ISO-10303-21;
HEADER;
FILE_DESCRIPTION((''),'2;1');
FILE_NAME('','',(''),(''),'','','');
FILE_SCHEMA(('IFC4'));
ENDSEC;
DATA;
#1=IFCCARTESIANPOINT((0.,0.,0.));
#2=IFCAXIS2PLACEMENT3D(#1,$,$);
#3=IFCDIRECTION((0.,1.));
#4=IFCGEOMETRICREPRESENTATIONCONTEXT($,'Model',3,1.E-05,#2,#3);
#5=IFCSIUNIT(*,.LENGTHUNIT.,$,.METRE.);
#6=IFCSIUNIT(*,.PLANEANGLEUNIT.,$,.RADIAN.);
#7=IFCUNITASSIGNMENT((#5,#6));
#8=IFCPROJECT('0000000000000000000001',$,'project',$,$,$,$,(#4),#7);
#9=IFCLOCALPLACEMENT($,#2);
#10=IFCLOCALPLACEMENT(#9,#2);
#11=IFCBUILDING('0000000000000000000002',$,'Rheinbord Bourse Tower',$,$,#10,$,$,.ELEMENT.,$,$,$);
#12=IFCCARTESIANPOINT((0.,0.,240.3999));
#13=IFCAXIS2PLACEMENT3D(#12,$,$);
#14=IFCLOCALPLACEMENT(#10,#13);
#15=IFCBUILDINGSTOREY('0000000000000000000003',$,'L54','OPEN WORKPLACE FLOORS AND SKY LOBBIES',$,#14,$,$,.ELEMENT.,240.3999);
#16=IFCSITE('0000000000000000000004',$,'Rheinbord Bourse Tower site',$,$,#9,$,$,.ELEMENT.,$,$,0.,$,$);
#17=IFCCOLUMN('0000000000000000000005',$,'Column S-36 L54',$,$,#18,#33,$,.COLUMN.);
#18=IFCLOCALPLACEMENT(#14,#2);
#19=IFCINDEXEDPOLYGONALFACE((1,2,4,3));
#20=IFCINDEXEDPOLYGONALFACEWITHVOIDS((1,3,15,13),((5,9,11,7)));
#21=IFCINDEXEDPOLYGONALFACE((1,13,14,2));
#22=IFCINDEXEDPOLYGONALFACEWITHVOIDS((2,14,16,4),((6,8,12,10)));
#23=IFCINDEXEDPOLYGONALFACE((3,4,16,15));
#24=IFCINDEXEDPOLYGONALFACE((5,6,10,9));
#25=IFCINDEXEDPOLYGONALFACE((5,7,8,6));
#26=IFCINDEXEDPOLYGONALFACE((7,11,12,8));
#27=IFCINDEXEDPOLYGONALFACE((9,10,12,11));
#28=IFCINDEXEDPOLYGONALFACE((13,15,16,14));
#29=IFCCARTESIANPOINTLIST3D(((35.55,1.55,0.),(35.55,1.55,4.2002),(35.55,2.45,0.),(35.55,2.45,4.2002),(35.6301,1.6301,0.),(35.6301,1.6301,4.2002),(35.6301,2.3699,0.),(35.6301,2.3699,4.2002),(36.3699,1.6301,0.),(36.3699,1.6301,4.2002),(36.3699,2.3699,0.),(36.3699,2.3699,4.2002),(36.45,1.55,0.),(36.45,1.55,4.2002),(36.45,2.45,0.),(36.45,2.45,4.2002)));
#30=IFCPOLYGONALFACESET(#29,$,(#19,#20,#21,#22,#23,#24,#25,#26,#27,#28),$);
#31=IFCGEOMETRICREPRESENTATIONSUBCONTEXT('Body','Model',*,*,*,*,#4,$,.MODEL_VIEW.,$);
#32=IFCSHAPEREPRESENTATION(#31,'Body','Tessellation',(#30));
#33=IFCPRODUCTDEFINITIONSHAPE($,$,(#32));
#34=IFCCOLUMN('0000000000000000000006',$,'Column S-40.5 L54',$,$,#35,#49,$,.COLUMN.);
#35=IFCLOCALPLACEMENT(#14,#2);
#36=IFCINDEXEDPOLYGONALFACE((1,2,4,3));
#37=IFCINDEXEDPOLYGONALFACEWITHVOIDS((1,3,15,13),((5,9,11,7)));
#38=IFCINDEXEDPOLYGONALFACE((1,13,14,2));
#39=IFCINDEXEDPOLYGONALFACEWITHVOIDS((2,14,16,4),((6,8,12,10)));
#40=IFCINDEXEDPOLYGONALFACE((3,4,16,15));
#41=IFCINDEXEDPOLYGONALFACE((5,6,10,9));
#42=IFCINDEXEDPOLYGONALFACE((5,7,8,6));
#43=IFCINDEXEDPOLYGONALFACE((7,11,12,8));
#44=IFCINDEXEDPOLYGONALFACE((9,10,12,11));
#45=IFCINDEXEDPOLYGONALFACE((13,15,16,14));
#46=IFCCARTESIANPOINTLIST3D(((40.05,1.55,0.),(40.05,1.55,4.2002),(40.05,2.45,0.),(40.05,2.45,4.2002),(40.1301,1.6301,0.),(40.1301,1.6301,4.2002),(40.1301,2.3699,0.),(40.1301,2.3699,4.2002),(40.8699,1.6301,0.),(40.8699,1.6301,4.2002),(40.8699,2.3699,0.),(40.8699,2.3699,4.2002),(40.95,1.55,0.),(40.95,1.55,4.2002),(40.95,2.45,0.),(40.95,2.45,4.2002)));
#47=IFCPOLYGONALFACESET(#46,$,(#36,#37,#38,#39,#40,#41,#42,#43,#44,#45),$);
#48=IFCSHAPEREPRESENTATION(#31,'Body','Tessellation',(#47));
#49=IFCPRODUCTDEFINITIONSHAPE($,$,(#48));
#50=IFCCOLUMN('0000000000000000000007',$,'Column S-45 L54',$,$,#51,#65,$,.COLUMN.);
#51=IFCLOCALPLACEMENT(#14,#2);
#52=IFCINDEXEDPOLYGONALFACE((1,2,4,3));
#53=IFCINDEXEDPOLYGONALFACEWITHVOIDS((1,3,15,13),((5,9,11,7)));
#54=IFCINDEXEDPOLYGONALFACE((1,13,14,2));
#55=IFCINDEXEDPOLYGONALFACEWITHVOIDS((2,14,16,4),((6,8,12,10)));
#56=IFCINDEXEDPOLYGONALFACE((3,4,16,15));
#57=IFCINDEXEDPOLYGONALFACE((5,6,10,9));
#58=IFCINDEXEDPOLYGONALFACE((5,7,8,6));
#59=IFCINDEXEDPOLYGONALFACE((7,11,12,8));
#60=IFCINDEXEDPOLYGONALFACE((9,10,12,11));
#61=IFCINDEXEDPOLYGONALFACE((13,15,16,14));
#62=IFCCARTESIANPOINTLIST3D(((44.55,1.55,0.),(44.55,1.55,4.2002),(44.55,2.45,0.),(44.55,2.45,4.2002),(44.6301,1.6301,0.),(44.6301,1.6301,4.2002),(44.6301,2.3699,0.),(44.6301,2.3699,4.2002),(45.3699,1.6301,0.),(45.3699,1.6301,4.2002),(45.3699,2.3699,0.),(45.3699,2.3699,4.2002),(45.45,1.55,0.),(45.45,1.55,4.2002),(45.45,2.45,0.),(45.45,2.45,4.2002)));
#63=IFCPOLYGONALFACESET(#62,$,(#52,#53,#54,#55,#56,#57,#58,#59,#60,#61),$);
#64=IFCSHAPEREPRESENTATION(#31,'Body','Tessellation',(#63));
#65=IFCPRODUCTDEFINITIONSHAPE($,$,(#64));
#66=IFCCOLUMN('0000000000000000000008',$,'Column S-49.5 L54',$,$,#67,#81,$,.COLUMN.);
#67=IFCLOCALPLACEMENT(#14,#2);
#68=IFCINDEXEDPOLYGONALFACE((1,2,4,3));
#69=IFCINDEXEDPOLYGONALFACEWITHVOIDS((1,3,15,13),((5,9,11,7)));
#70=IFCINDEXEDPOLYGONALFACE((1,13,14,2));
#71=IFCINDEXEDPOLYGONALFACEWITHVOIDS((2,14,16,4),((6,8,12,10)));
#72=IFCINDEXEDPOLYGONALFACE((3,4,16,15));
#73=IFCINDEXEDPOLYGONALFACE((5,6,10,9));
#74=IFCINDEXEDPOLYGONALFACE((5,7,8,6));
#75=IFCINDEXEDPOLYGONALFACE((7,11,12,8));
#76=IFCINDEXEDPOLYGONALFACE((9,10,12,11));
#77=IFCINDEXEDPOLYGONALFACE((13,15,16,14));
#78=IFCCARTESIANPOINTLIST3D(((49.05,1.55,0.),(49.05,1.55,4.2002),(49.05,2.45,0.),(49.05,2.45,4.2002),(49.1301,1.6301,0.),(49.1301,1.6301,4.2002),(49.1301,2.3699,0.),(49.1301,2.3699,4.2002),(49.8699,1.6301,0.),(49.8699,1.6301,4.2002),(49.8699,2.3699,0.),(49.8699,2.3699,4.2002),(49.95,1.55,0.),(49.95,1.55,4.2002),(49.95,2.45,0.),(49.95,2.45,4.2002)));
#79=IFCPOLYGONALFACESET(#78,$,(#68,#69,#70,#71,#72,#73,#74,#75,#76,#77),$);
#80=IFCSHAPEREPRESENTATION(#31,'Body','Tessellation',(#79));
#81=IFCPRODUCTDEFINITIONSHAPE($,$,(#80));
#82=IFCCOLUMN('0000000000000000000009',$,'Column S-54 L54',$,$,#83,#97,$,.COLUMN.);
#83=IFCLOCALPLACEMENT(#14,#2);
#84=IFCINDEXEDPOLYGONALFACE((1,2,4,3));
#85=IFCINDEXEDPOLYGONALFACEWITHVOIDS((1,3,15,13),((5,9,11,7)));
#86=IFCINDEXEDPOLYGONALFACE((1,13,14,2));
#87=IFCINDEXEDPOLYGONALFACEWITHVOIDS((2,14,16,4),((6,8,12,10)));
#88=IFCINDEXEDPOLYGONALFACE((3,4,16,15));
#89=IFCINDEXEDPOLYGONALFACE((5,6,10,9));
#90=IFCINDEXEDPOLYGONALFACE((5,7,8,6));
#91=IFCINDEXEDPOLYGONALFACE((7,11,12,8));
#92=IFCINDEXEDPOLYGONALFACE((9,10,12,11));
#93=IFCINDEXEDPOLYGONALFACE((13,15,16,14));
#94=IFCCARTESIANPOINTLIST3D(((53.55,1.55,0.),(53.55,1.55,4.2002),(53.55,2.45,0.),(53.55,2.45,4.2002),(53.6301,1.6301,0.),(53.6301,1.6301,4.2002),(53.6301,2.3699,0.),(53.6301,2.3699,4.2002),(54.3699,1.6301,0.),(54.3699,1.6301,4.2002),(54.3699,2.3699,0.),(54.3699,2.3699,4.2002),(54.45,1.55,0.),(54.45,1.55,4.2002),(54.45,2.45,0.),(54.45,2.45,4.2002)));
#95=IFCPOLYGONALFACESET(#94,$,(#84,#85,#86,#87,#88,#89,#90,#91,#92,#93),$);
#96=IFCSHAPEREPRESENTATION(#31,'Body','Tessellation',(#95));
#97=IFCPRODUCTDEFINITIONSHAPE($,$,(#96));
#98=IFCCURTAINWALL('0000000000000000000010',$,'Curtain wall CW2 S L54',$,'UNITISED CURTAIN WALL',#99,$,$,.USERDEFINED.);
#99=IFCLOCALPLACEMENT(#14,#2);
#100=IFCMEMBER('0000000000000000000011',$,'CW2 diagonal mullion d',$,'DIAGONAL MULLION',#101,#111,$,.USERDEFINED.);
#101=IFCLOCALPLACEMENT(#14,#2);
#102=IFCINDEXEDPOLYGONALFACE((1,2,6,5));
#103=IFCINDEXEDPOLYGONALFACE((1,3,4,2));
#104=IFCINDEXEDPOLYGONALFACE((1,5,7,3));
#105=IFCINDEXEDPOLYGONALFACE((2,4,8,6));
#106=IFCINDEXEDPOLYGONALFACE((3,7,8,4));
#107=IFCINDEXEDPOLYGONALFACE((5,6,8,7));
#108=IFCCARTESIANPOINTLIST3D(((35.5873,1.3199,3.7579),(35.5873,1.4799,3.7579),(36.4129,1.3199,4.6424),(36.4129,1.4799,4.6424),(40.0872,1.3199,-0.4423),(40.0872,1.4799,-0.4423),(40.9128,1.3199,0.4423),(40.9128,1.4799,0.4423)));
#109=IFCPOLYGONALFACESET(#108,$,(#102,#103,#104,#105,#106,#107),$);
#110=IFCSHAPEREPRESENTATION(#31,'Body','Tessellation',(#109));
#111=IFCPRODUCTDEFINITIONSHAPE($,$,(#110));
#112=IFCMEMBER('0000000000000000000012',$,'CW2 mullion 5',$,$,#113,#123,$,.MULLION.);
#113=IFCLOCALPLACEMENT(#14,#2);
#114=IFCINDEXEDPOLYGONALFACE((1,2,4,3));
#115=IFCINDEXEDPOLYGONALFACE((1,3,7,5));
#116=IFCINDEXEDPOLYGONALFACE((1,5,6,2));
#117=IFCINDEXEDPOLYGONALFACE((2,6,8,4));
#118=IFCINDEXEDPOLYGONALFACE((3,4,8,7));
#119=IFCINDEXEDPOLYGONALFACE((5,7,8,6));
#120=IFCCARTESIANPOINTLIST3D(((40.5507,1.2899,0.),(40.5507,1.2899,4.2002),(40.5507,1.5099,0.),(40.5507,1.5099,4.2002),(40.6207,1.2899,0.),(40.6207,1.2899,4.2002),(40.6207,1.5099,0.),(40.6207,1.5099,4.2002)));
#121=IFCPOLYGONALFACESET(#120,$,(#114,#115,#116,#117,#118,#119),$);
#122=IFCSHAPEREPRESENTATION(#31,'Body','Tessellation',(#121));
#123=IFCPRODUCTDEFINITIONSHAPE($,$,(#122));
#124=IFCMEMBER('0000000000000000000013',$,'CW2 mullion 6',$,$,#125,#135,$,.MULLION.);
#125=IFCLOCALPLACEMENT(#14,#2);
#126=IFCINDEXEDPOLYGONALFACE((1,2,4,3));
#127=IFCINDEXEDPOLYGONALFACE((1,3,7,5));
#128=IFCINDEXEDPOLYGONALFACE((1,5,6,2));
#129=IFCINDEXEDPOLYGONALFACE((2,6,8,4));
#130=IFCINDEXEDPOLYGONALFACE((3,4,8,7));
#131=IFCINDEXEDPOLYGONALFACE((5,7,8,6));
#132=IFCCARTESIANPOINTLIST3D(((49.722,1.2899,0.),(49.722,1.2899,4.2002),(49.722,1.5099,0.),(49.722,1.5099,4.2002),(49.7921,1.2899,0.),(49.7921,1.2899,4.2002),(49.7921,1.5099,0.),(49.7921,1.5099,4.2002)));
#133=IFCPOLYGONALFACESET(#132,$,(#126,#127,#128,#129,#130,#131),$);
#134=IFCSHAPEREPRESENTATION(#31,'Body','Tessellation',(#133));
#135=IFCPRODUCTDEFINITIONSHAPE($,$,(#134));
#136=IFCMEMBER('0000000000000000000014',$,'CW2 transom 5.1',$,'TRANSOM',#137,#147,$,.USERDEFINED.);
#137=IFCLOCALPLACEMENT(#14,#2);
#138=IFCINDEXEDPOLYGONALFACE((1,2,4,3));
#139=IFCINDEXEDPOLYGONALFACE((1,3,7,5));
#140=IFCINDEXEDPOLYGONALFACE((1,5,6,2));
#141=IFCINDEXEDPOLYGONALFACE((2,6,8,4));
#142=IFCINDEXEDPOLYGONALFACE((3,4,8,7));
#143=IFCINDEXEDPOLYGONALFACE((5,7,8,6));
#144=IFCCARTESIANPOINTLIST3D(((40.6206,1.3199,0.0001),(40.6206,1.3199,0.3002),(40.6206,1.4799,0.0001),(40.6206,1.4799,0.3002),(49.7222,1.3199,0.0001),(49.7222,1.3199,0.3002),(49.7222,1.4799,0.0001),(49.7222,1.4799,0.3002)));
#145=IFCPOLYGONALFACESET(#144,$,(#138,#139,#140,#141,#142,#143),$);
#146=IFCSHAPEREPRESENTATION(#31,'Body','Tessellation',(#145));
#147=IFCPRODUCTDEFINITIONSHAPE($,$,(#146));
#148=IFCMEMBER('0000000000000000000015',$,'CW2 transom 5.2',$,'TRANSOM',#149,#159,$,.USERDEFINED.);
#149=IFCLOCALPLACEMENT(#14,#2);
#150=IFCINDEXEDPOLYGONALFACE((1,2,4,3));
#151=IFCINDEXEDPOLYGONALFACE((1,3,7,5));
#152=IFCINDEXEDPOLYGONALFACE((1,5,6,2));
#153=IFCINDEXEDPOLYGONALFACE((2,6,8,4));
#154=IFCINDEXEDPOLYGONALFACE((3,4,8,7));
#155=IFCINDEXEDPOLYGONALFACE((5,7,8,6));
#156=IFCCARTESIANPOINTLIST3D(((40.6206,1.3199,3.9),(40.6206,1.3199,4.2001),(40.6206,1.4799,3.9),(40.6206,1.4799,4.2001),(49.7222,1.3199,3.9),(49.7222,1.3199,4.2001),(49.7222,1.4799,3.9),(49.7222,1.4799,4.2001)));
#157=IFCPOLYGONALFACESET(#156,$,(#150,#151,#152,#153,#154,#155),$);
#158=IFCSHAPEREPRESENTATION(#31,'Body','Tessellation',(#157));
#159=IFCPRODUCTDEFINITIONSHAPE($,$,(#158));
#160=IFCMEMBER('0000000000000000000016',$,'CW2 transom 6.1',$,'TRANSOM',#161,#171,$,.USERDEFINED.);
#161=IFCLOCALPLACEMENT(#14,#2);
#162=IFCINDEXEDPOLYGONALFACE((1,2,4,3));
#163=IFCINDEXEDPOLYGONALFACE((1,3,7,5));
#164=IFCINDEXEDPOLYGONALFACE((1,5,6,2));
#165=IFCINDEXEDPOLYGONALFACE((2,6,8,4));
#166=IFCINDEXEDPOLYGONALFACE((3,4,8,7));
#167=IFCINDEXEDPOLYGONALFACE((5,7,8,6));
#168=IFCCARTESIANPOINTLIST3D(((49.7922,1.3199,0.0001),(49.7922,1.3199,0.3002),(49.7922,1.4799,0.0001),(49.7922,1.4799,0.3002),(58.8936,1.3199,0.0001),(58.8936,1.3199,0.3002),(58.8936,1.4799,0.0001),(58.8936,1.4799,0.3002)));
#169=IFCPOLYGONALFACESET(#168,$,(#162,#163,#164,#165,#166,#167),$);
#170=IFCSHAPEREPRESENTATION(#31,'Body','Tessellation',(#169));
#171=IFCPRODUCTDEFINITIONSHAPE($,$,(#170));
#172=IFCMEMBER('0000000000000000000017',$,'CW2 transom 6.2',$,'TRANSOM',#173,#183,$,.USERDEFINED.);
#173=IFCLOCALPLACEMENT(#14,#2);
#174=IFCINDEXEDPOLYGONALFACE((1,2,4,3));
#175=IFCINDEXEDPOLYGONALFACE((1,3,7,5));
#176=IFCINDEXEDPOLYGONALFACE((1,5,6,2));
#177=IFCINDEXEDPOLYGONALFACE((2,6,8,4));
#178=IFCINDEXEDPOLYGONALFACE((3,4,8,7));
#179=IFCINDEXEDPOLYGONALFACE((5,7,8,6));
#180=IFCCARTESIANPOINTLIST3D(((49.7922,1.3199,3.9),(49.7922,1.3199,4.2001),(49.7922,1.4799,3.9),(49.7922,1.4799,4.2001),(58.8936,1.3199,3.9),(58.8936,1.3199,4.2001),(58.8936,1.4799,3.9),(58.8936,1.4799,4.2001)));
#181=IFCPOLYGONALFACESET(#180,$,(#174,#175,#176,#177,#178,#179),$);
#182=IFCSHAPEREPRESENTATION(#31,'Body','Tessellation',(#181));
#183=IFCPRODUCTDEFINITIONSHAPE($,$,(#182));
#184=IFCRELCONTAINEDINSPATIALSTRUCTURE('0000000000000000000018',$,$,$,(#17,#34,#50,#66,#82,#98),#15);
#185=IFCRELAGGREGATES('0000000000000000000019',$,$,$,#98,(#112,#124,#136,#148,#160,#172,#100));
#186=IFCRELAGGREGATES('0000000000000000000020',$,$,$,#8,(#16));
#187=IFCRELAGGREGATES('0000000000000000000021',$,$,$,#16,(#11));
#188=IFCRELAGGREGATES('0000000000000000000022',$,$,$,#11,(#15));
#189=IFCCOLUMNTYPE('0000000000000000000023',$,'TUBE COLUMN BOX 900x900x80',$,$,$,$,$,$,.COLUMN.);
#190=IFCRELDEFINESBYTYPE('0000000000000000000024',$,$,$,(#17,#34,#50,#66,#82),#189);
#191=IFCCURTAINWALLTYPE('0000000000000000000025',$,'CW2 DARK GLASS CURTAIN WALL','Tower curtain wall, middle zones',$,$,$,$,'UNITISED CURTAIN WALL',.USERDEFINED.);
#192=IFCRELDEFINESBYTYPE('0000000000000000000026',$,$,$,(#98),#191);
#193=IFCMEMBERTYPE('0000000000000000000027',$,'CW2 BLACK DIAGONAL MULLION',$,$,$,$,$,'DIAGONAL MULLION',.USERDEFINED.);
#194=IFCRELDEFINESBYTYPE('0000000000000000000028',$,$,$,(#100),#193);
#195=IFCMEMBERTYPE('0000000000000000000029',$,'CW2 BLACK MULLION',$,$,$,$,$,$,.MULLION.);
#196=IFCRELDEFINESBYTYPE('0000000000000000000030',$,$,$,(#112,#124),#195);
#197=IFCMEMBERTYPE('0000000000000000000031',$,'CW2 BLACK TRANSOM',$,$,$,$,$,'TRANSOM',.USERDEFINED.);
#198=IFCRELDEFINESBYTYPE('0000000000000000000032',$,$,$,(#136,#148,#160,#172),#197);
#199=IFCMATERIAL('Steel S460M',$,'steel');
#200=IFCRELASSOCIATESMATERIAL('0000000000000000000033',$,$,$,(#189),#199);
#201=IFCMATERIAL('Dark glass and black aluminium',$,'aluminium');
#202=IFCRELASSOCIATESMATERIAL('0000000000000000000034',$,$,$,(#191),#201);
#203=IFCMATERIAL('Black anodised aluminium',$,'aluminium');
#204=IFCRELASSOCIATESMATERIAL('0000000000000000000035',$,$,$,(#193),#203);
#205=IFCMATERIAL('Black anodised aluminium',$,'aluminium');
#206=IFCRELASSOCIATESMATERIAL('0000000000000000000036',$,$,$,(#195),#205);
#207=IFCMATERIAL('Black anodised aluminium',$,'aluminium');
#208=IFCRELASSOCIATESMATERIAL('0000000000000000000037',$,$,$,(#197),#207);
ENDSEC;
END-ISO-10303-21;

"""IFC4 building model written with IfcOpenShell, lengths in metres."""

from ifc_helpers import new_model, si_unit, direction, frame, origin, origin_2d, place, context, subcontext, project, spatial, rectangle, hollow_rectangle, extrude, material, material_profile, profile_set, type_object, element, aggregate, save


model = new_model("IFC4")

# Units and contexts
model_context = context("Model", 3, precision=1e-05, world=origin(), true_north=direction((0.0, 1.0)))
body_context = subcontext(model_context, "Body", "Model", "MODEL_VIEW")
ifc_project = project(units=[si_unit("LENGTHUNIT", "METRE"), si_unit("PLANEANGLEUNIT", "RADIAN")], contexts=[model_context])

# Site, building, storey
site_placement = place(None, origin())
site = spatial("IfcSite", under=ifc_project, at=site_placement, Name="Rheinbord Bourse Tower site", CompositionType="ELEMENT", RefElevation=0.0)
building_placement = place(site_placement, origin())
building = spatial("IfcBuilding", under=site, at=building_placement, Name="Rheinbord Bourse Tower", CompositionType="ELEMENT")
storey_placement = place(building_placement, frame((0.0, 0.0, 240.3999)))
storey = spatial("IfcBuildingStorey", under=building, at=storey_placement, Name="L54", Description="OPEN WORKPLACE FLOORS AND SKY LOBBIES", CompositionType="ELEMENT", Elevation=240.3999)

# Columns
ifc_material_1 = material(Name="Steel S460M", Category="steel")
ifc_material_profile_1 = material_profile(ifc_material_1, hollow_rectangle(XDim=0.8999, YDim=0.8999, WallThickness=0.0801, at=origin_2d()), Name="BOX 900x900x80")
ifc_profile_set_1 = profile_set([ifc_material_profile_1], Name="Steel S460M")
column_type = type_object("IfcColumnType", Name="TUBE COLUMN BOX 900x900x80", PredefinedType="COLUMN", material=ifc_profile_set_1)
for number, where, z_axis, x_axis, name in (
    (1, (36.0, 2.0, 0.0), (0.0, 0.0, 1.0), (0.0, 1.0, 0.0), "Column S-36 L54"),
    (2, (40.5, 2.0, 0.0), (0.0, 0.0, 1.0), (0.0, 1.0, 0.0), "Column S-40.5 L54"),
    (3, (45.0, 2.0, 0.0), (0.0, 0.0, 1.0), (0.0, 1.0, 0.0), "Column S-45 L54"),
    (4, (49.5, 2.0, 0.0), (0.0, 0.0, 1.0), (0.0, 1.0, 0.0), "Column S-49.5 L54"),
    (5, (54.0, 2.0, 0.0), (0.0, 0.0, 1.0), (0.0, 1.0, 0.0), "Column S-54 L54"),
):
    element("IfcColumn", number, at=place(storey_placement, frame(where, z_axis=z_axis, x_axis=x_axis)), inside=storey, type_object=column_type, Name=name, PredefinedType="COLUMN", context=body_context, shape_type="SweptSolid", body=[
        extrude(hollow_rectangle(XDim=0.8999, YDim=0.8999, WallThickness=0.0801, at=origin_2d()), origin(), (0.0, 0.0, 1.0), 4.2002),
    ])

# Curtain wall, members
ifc_material_2 = material(Name="Dark glass and black aluminium", Category="aluminium")
curtain_wall_type = type_object("IfcCurtainWallType", Name="CW2 DARK GLASS CURTAIN WALL", Description="Tower curtain wall, middle zones", ElementType="UNITISED CURTAIN WALL", PredefinedType="USERDEFINED", material=ifc_material_2)
curtain_wall_placement = place(storey_placement, origin())
curtain_wall = element("IfcCurtainWall", 6, at=curtain_wall_placement, inside=storey, type_object=curtain_wall_type, Name="Curtain wall CW2 S L54", ObjectType="UNITISED CURTAIN WALL", PredefinedType="USERDEFINED")
ifc_material_3 = material(Name="Black anodised aluminium", Category="aluminium")
ifc_material_profile_2 = material_profile(ifc_material_3, rectangle(XDim=0.1599, YDim=1.21, at=origin_2d()), Name="CW2 DIAGONAL MULLION 1210x160")
ifc_profile_set_2 = profile_set([ifc_material_profile_2], Name="Black anodised aluminium")
member_type_1 = type_object("IfcMemberType", Name="CW2 BLACK DIAGONAL MULLION", ElementType="DIAGONAL MULLION", PredefinedType="USERDEFINED", material=ifc_profile_set_2)
member_1_placement = place(storey_placement, frame((40.5, 1.3999, 0.0), z_axis=(-0.731039, 0.0, 0.682335), x_axis=(0.0, -1.0, 0.0)))
member_1 = element("IfcMember", 7, at=member_1_placement, type_object=member_type_1, Name="CW2 diagonal mullion d", ObjectType="DIAGONAL MULLION", PredefinedType="USERDEFINED", context=body_context, shape_type="SweptSolid", body=[
    extrude(rectangle(XDim=0.1599, YDim=1.21, at=origin_2d()), origin(), (0.0, 0.0, 1.0), 6.1555),
])
ifc_material_4 = material(Name="Black anodised aluminium", Category="aluminium")
ifc_material_profile_3 = material_profile(ifc_material_4, rectangle(XDim=0.22, YDim=0.0701, at=origin_2d()), Name="CW2 MULLION 70x220")
ifc_profile_set_3 = profile_set([ifc_material_profile_3], Name="Black anodised aluminium")
member_type_2 = type_object("IfcMemberType", Name="CW2 BLACK MULLION", PredefinedType="MULLION", material=ifc_profile_set_3)
member_2_placement = place(storey_placement, frame((40.5857, 1.3999, 0.0), z_axis=(0.0, 0.0, 1.0), x_axis=(0.0, 1.0, 0.0)))
member_2 = element("IfcMember", 8, at=member_2_placement, type_object=member_type_2, Name="CW2 mullion 5", PredefinedType="MULLION", context=body_context, shape_type="SweptSolid", body=[
    extrude(rectangle(XDim=0.22, YDim=0.0701, at=origin_2d()), origin(), (0.0, 0.0, 1.0), 4.2002),
])
member_3_placement = place(storey_placement, frame((49.7571, 1.3999, 0.0), z_axis=(0.0, 0.0, 1.0), x_axis=(0.0, 1.0, 0.0)))
member_3 = element("IfcMember", 9, at=member_3_placement, type_object=member_type_2, Name="CW2 mullion 6", PredefinedType="MULLION", context=body_context, shape_type="SweptSolid", body=[
    extrude(rectangle(XDim=0.22, YDim=0.0701, at=origin_2d()), origin(), (0.0, 0.0, 1.0), 4.2002),
])
ifc_material_5 = material(Name="Black anodised aluminium", Category="aluminium")
ifc_material_profile_4 = material_profile(ifc_material_5, rectangle(XDim=0.1599, YDim=0.3, at=origin_2d()), Name="CW2 TRANSOM 300x160")
ifc_profile_set_4 = profile_set([ifc_material_profile_4], Name="Black anodised aluminium")
member_type_3 = type_object("IfcMemberType", Name="CW2 BLACK TRANSOM", ElementType="TRANSOM", PredefinedType="USERDEFINED", material=ifc_profile_set_4)
member_4_placement = place(storey_placement, frame((40.6206, 1.3999, 0.1501), z_axis=(1.0, 0.0, 0.0), x_axis=(0.0, 1.0, 0.0)))
member_4 = element("IfcMember", 10, at=member_4_placement, type_object=member_type_3, Name="CW2 transom 5.1", ObjectType="TRANSOM", PredefinedType="USERDEFINED", context=body_context, shape_type="SweptSolid", body=[
    extrude(rectangle(XDim=0.1599, YDim=0.3, at=origin_2d()), origin(), (0.0, 0.0, 1.0), 9.1016),
])
member_5_placement = place(storey_placement, frame((40.6206, 1.3999, 4.05), z_axis=(1.0, 0.0, 0.0), x_axis=(0.0, 1.0, 0.0)))
member_5 = element("IfcMember", 11, at=member_5_placement, type_object=member_type_3, Name="CW2 transom 5.2", ObjectType="TRANSOM", PredefinedType="USERDEFINED", context=body_context, shape_type="SweptSolid", body=[
    extrude(rectangle(XDim=0.1599, YDim=0.3, at=origin_2d()), origin(), (0.0, 0.0, 1.0), 9.1016),
])
member_6_placement = place(storey_placement, frame((49.7922, 1.3999, 0.1501), z_axis=(1.0, 0.0, 0.0), x_axis=(0.0, 1.0, 0.0)))
member_6 = element("IfcMember", 12, at=member_6_placement, type_object=member_type_3, Name="CW2 transom 6.1", ObjectType="TRANSOM", PredefinedType="USERDEFINED", context=body_context, shape_type="SweptSolid", body=[
    extrude(rectangle(XDim=0.1599, YDim=0.3, at=origin_2d()), origin(), (0.0, 0.0, 1.0), 9.1013),
])
member_7_placement = place(storey_placement, frame((49.7922, 1.3999, 4.05), z_axis=(1.0, 0.0, 0.0), x_axis=(0.0, 1.0, 0.0)))
member_7 = element("IfcMember", 13, at=member_7_placement, type_object=member_type_3, Name="CW2 transom 6.2", ObjectType="TRANSOM", PredefinedType="USERDEFINED", context=body_context, shape_type="SweptSolid", body=[
    extrude(rectangle(XDim=0.1599, YDim=0.3, at=origin_2d()), origin(), (0.0, 0.0, 1.0), 9.1013),
])

aggregate(curtain_wall, [member_2, member_3, member_4, member_5, member_6, member_7, member_1])

save(model, "model.ifc")
